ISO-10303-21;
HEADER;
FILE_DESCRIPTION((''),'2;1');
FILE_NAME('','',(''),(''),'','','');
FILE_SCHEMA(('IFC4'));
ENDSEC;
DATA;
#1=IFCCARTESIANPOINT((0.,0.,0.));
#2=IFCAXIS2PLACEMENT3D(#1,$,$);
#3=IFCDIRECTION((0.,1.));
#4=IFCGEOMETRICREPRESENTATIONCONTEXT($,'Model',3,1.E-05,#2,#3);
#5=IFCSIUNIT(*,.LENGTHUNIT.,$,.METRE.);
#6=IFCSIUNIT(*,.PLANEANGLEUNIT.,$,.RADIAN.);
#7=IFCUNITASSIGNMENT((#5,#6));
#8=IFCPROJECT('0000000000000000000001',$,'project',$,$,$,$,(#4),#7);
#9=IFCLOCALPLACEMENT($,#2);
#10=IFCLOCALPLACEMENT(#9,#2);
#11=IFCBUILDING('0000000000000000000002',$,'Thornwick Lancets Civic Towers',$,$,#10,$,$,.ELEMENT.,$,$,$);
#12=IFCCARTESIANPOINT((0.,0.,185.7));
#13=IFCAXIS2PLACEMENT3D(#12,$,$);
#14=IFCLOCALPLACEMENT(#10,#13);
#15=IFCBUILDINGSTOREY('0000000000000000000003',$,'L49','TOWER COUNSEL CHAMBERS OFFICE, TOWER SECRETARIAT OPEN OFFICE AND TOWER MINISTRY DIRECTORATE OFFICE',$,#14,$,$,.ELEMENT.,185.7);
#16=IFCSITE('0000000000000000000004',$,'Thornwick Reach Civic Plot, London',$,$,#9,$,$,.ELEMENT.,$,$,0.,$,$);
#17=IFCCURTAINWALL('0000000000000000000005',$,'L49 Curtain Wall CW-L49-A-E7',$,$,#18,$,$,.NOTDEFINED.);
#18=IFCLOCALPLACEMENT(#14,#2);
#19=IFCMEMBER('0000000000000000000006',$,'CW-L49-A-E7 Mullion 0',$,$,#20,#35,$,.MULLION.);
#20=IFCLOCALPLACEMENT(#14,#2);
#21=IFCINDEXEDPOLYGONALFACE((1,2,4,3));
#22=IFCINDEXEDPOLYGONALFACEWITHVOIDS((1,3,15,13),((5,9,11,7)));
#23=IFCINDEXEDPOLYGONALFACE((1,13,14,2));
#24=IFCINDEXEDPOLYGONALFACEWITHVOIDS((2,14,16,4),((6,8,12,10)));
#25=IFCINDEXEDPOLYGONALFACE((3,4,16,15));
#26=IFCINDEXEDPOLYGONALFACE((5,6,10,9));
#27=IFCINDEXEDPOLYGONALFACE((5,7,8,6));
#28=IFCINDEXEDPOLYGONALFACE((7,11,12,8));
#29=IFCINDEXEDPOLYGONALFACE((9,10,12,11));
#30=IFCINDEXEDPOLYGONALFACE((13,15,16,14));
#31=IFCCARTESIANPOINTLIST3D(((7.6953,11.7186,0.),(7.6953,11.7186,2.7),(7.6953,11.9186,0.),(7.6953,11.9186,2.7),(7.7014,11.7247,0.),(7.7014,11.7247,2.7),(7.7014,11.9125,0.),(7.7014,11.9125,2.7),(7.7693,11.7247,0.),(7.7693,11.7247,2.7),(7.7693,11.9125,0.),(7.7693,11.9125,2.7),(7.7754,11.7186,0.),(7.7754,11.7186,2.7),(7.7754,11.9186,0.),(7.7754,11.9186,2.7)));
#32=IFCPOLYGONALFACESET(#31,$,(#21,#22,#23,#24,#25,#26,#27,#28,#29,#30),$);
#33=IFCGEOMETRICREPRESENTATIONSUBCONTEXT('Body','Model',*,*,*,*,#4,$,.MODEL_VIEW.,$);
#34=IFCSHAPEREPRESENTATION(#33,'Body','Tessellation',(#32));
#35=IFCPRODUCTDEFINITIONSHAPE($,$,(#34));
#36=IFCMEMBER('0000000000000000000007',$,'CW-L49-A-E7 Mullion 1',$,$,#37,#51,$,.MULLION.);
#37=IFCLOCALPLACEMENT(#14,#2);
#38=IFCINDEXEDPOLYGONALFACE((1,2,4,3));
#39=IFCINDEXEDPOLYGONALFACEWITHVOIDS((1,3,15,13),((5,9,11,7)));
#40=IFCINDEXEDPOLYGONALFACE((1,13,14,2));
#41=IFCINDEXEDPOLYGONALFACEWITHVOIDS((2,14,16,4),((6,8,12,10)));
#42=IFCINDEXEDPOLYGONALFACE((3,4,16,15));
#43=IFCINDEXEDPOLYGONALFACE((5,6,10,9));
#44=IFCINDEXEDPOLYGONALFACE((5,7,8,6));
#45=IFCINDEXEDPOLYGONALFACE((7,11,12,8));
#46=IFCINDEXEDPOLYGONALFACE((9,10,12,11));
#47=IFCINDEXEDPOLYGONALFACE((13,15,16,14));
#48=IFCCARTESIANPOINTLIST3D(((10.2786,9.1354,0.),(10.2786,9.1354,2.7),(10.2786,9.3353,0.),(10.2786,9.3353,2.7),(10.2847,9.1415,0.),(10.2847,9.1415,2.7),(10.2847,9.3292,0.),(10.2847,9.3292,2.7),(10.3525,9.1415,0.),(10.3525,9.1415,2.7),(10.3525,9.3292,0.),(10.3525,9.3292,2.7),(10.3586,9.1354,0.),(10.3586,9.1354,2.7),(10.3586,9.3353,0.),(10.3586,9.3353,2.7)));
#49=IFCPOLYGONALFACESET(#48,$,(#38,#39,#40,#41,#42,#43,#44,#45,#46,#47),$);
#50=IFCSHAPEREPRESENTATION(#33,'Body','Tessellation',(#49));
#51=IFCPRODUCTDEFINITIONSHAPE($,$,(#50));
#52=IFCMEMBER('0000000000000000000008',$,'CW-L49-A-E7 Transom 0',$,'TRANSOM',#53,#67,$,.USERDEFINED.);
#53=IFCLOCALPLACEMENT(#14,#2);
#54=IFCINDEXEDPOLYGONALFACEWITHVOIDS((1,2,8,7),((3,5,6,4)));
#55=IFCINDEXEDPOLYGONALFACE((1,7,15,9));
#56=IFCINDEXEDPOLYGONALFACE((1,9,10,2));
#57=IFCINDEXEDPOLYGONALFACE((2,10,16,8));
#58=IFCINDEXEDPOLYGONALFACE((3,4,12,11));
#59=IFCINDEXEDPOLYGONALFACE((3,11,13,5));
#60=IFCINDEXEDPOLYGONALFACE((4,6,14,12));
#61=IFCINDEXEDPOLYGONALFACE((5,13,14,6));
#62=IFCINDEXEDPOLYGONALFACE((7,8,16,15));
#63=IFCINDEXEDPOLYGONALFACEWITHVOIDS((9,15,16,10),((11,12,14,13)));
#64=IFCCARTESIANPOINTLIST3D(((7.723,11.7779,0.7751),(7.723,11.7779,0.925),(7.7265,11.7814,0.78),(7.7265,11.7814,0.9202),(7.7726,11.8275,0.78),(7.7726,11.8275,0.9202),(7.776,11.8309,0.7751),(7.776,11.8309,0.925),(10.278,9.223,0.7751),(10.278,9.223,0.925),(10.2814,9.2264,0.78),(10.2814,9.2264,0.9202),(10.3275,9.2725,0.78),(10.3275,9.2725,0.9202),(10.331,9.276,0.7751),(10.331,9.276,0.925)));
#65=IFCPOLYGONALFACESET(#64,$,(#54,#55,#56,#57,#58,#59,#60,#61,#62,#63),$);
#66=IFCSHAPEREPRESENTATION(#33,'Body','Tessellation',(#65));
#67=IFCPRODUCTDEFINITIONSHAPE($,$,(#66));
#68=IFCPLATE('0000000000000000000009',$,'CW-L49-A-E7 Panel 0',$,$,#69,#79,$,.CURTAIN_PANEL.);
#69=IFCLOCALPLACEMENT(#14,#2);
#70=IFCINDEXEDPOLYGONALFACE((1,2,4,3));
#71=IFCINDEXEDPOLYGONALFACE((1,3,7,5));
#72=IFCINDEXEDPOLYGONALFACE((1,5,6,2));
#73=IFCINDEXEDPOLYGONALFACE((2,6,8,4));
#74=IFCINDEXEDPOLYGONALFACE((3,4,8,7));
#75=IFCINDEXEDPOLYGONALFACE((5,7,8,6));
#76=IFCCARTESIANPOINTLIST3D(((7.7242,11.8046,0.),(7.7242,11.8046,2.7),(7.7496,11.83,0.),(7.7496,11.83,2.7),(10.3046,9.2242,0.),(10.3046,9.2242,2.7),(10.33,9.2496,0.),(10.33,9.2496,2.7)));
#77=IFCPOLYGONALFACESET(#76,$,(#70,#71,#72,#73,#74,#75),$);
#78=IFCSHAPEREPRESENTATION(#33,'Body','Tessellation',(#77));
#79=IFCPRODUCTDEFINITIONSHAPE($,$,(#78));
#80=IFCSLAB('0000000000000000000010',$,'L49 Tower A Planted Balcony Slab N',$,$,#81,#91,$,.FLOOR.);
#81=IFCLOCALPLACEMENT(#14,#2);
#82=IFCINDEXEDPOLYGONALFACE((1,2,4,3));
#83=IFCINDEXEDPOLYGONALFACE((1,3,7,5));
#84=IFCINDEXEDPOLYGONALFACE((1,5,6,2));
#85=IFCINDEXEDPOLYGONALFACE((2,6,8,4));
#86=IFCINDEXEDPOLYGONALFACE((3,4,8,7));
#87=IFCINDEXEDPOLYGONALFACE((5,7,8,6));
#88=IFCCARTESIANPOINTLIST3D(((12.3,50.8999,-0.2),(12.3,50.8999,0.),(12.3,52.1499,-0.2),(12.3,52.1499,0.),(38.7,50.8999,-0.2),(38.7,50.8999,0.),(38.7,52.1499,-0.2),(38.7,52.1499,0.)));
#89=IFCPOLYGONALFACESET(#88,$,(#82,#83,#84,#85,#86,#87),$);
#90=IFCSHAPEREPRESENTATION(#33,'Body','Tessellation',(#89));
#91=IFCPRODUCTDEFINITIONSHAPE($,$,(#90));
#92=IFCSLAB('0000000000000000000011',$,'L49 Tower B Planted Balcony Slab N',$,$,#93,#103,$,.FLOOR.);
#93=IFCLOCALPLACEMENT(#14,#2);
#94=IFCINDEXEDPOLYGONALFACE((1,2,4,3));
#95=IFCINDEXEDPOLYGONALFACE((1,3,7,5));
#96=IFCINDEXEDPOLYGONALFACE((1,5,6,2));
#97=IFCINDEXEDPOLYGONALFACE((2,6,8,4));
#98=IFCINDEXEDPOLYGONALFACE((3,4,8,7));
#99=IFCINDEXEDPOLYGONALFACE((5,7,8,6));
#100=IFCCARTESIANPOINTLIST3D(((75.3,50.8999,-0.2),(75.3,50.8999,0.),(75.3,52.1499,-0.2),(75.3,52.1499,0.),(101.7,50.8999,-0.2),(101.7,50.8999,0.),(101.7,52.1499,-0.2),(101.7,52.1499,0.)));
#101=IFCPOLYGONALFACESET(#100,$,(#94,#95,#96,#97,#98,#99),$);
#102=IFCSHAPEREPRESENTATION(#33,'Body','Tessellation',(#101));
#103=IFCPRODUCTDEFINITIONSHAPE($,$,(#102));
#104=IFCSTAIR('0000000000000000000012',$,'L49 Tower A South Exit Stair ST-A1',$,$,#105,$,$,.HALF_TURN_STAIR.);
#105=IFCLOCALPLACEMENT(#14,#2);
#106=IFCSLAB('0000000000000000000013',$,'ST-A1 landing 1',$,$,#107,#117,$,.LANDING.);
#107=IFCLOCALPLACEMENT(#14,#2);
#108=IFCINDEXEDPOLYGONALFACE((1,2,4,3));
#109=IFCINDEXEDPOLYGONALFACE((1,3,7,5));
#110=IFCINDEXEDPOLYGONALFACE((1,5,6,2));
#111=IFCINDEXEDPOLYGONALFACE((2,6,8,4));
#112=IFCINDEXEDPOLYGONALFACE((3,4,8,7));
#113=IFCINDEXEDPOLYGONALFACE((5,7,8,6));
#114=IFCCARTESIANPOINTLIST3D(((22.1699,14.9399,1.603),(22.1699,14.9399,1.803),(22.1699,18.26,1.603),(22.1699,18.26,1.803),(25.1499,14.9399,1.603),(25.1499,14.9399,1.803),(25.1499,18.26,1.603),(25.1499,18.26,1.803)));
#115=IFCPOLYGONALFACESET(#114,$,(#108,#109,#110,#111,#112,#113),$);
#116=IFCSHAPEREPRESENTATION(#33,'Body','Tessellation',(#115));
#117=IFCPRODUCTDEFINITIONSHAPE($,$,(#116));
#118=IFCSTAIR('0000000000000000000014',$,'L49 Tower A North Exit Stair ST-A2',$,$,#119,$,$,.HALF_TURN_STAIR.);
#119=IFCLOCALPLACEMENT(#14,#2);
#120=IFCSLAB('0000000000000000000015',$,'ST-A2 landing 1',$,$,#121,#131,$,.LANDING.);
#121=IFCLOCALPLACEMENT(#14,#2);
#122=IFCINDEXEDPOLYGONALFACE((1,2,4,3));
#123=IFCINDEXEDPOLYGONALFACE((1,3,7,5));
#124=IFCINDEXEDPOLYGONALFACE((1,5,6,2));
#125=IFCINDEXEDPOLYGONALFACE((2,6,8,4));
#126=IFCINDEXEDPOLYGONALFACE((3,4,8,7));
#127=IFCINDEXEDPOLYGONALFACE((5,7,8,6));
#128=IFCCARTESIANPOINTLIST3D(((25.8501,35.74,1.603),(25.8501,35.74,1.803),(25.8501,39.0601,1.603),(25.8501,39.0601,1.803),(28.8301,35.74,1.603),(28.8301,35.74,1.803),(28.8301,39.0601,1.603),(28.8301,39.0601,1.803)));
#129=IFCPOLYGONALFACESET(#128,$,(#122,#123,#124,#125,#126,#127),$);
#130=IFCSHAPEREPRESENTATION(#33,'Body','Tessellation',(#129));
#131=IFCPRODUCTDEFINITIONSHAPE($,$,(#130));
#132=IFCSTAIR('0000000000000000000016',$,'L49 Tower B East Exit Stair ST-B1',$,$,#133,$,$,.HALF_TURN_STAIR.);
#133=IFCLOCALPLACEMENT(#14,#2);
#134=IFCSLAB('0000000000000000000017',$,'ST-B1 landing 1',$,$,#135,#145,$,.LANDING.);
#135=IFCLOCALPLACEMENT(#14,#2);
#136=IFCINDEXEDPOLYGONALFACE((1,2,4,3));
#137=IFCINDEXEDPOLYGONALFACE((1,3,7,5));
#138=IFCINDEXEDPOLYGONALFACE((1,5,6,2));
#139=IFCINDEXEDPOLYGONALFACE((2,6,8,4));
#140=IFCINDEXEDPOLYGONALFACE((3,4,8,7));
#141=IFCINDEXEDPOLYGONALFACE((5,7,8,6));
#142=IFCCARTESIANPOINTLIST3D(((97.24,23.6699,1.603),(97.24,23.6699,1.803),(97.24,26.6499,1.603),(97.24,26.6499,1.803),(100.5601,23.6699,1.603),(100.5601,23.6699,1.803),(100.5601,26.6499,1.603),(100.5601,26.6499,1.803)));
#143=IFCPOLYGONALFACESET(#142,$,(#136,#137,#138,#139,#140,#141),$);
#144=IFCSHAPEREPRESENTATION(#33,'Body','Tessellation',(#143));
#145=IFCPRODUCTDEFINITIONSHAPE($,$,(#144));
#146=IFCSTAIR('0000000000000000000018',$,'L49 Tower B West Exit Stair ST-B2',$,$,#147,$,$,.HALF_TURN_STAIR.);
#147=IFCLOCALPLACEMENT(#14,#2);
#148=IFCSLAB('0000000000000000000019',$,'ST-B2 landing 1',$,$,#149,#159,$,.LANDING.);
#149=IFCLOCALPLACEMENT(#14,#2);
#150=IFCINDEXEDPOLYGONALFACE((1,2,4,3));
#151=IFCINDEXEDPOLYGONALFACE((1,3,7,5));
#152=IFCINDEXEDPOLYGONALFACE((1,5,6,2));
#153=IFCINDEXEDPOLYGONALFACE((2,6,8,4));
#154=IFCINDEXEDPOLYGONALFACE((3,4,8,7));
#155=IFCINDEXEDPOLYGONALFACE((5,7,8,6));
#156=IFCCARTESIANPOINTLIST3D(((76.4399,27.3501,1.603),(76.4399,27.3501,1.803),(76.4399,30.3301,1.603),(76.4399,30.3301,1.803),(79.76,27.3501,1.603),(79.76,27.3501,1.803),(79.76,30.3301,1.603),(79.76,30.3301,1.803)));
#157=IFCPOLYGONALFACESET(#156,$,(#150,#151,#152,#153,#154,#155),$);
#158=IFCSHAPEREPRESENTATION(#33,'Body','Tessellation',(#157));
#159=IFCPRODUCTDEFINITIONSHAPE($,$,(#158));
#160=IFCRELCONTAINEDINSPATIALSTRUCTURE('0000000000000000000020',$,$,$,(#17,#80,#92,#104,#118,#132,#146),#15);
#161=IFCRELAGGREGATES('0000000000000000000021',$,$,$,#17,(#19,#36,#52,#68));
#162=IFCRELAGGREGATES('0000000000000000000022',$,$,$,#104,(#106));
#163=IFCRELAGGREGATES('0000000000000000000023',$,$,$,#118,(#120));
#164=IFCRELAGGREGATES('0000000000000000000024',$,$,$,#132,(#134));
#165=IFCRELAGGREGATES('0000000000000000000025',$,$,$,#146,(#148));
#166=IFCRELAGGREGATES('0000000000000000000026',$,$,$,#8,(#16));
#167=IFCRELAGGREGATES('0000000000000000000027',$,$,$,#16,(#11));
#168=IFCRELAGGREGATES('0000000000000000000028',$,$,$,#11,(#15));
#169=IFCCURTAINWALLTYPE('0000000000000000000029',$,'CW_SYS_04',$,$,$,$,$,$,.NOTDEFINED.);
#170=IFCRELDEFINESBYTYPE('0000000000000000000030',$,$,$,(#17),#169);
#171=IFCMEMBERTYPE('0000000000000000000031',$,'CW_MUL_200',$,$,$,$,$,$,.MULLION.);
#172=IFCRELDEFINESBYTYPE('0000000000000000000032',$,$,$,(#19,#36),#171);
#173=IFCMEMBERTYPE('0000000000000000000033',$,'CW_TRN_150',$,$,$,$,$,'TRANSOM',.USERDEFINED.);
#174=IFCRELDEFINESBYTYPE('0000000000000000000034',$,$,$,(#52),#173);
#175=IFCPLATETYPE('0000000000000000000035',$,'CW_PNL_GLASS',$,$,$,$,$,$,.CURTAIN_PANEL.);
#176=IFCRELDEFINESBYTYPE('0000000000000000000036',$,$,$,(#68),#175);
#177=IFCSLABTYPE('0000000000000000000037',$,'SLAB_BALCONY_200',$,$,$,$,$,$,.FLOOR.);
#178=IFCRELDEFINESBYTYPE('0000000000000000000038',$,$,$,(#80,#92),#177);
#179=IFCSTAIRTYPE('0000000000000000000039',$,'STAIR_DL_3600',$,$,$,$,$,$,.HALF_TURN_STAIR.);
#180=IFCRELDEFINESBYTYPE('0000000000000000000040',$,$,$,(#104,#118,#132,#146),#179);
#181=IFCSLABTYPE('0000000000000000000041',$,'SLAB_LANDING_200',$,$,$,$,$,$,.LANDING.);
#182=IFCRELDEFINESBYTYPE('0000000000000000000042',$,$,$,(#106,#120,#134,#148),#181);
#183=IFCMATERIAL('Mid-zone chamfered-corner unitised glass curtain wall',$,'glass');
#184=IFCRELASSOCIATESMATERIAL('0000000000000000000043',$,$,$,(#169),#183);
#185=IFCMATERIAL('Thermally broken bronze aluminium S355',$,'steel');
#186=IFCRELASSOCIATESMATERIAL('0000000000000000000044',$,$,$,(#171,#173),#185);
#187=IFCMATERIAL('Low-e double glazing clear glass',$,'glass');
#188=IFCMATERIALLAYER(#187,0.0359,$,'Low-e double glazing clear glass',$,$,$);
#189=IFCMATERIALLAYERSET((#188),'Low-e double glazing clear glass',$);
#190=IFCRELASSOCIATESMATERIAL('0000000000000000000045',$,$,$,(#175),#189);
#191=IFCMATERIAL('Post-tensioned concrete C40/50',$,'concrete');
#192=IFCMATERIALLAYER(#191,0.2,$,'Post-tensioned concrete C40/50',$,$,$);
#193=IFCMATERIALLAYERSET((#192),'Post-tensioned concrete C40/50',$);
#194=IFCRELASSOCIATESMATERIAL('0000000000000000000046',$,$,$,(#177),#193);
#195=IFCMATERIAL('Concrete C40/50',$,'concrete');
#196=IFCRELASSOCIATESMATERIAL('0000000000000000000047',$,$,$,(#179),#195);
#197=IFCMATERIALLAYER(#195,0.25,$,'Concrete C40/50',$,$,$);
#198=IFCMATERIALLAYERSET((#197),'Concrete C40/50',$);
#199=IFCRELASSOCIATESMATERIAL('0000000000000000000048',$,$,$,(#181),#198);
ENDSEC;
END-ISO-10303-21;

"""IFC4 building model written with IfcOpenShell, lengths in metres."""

from ifc_helpers import new_model, si_unit, direction, frame, origin, origin_2d, place, context, subcontext, project, spatial, polyline, rectangle, hollow_rectangle, outline, extrude, material, layer, layer_set, material_profile, profile_set, type_object, element, aggregate, save


model = new_model("IFC4")

# Units and contexts
model_context = context("Model", 3, precision=1e-05, world=origin(), true_north=direction((0.0, 1.0)))
body_context = subcontext(model_context, "Body", "Model", "MODEL_VIEW")
ifc_project = project(units=[si_unit("LENGTHUNIT", "METRE"), si_unit("PLANEANGLEUNIT", "RADIAN")], contexts=[model_context])

# Site, building, storey
site_placement = place(None, origin())
site = spatial("IfcSite", under=ifc_project, at=site_placement, Name="Thornwick Reach Civic Plot, London", CompositionType="ELEMENT", RefElevation=0.0)
building_placement = place(site_placement, origin())
building = spatial("IfcBuilding", under=site, at=building_placement, Name="Thornwick Lancets Civic Towers", CompositionType="ELEMENT")
storey_placement = place(building_placement, frame((0.0, 0.0, 185.7)))
storey = spatial("IfcBuildingStorey", under=building, at=storey_placement, Name="L49", Description="TOWER COUNSEL CHAMBERS OFFICE, TOWER SECRETARIAT OPEN OFFICE AND TOWER MINISTRY DIRECTORATE OFFICE", CompositionType="ELEMENT", Elevation=185.7)

# Curtain wall, members, plate
ifc_material_1 = material(Name="Mid-zone chamfered-corner unitised glass curtain wall", Category="glass")
curtain_wall_type = type_object("IfcCurtainWallType", Name="CW_SYS_04", PredefinedType="NOTDEFINED", material=ifc_material_1)
curtain_wall_placement = place(storey_placement, origin())
curtain_wall = element("IfcCurtainWall", 1, at=curtain_wall_placement, inside=storey, type_object=curtain_wall_type, Name="L49 Curtain Wall CW-L49-A-E7", PredefinedType="NOTDEFINED")
ifc_material_2 = material(Name="Thermally broken bronze aluminium S355", Category="steel")
ifc_material_profile_1 = material_profile(ifc_material_2, hollow_rectangle(XDim=0.0801, YDim=0.2, WallThickness=0.0061, at=origin_2d()), Name="RHS 200x80x6")
ifc_profile_set_1 = profile_set([ifc_material_profile_1], Name="Thermally broken bronze aluminium S355")
member_type_1 = type_object("IfcMemberType", Name="CW_MUL_200", PredefinedType="MULLION", material=ifc_profile_set_1)
member_1_placement = place(storey_placement, frame((7.7354, 11.8186, 0.0), z_axis=(0.0, 0.0, 1.0), x_axis=(1.0, 0.0, 0.0)))
member_1 = element("IfcMember", 2, at=member_1_placement, type_object=member_type_1, Name="CW-L49-A-E7 Mullion 0", PredefinedType="MULLION", context=body_context, shape_type="SweptSolid", body=[
    extrude(hollow_rectangle(XDim=0.0801, YDim=0.2, WallThickness=0.0061, at=origin_2d()), origin(), (0.0, 0.0, 1.0), 2.7),
])
member_2_placement = place(storey_placement, frame((10.3186, 9.2354, 0.0), z_axis=(0.0, 0.0, 1.0), x_axis=(1.0, 0.0, 0.0)))
member_2 = element("IfcMember", 3, at=member_2_placement, type_object=member_type_1, Name="CW-L49-A-E7 Mullion 1", PredefinedType="MULLION", context=body_context, shape_type="SweptSolid", body=[
    extrude(hollow_rectangle(XDim=0.0801, YDim=0.2, WallThickness=0.0061, at=origin_2d()), origin(), (0.0, 0.0, 1.0), 2.7),
])
ifc_material_profile_2 = material_profile(ifc_material_2, hollow_rectangle(XDim=0.075, YDim=0.1499, WallThickness=0.0049, at=origin_2d()), Name="RHS 150x75x5")
ifc_profile_set_2 = profile_set([ifc_material_profile_2], Name="Thermally broken bronze aluminium S355")
member_type_2 = type_object("IfcMemberType", Name="CW_TRN_150", ElementType="TRANSOM", PredefinedType="USERDEFINED", material=ifc_profile_set_2)
member_3_placement = place(storey_placement, frame((7.7495, 11.8044, 0.8501), z_axis=(0.707107, -0.707107, 0.0), x_axis=(0.707107, 0.707107, 0.0)))
member_3 = element("IfcMember", 4, at=member_3_placement, type_object=member_type_2, Name="CW-L49-A-E7 Transom 0", ObjectType="TRANSOM", PredefinedType="USERDEFINED", context=body_context, shape_type="SweptSolid", body=[
    extrude(hollow_rectangle(XDim=0.075, YDim=0.1499, WallThickness=0.0049, at=origin_2d()), origin(), (0.0, 0.0, 1.0), 3.6133),
])
ifc_material_3 = material(Name="Low-e double glazing clear glass", Category="glass")
ifc_layer_1 = layer(ifc_material_3, 0.0359, Name="Low-e double glazing clear glass")
ifc_layer_set_1 = layer_set([ifc_layer_1], Name="Low-e double glazing clear glass")
plate_type = type_object("IfcPlateType", Name="CW_PNL_GLASS", PredefinedType="CURTAIN_PANEL", material=ifc_layer_set_1)
plate_placement = place(storey_placement, frame((9.0271, 10.5271, 0.0), z_axis=(0.0, 0.0, 1.0), x_axis=(0.707107, -0.707107, 0.0)))
plate = element("IfcPlate", 5, at=plate_placement, type_object=plate_type, Name="CW-L49-A-E7 Panel 0", PredefinedType="CURTAIN_PANEL", context=body_context, shape_type="SweptSolid", body=[
    extrude(rectangle(XDim=3.6492, YDim=0.0359, at=origin_2d()), origin(), (0.0, 0.0, 1.0), 2.7),
])
aggregate(curtain_wall, [member_1, member_2, member_3, plate])

# Slabs
ifc_material_4 = material(Name="Post-tensioned concrete C40/50", Category="concrete")
ifc_layer_2 = layer(ifc_material_4, 0.2, Name="Post-tensioned concrete C40/50")
ifc_layer_set_2 = layer_set([ifc_layer_2], Name="Post-tensioned concrete C40/50")
slab_type_1 = type_object("IfcSlabType", Name="SLAB_BALCONY_200", PredefinedType="FLOOR", material=ifc_layer_set_2)
slab_1_placement = place(storey_placement, frame((0.0, 0.0, -0.2)))
element("IfcSlab", 6, at=slab_1_placement, inside=storey, type_object=slab_type_1, Name="L49 Tower A Planted Balcony Slab N", PredefinedType="FLOOR", context=body_context, shape_type="SweptSolid", body=[
    extrude(outline(polyline([(12.3, 50.8999), (38.7, 50.8999), (38.7, 52.1499), (12.3, 52.1499), (12.3, 50.8999)])), origin(), (0.0, 0.0, 1.0), 0.2),
])
slab_2_placement = place(storey_placement, frame((0.0, 0.0, -0.2)))
element("IfcSlab", 7, at=slab_2_placement, inside=storey, type_object=slab_type_1, Name="L49 Tower B Planted Balcony Slab N", PredefinedType="FLOOR", context=body_context, shape_type="SweptSolid", body=[
    extrude(outline(polyline([(75.3, 50.8999), (101.7, 50.8999), (101.7, 52.1499), (75.3, 52.1499), (75.3, 50.8999)])), origin(), (0.0, 0.0, 1.0), 0.2),
])

# Stairs, slabs
ifc_material_5 = material(Name="Concrete C40/50", Category="concrete")
stair_type = type_object("IfcStairType", Name="STAIR_DL_3600", PredefinedType="HALF_TURN_STAIR", material=ifc_material_5)
stair_1_placement = place(storey_placement, origin())
stair_1 = element("IfcStair", 8, at=stair_1_placement, inside=storey, type_object=stair_type, Name="L49 Tower A South Exit Stair ST-A1", PredefinedType="HALF_TURN_STAIR")
ifc_layer_3 = layer(ifc_material_5, 0.25, Name="Concrete C40/50")
ifc_layer_set_3 = layer_set([ifc_layer_3], Name="Concrete C40/50")
slab_type_2 = type_object("IfcSlabType", Name="SLAB_LANDING_200", PredefinedType="LANDING", material=ifc_layer_set_3)
slab_3_placement = place(storey_placement, frame((0.0, 0.0, 1.603)))
slab_3 = element("IfcSlab", 9, at=slab_3_placement, type_object=slab_type_2, Name="ST-A1 landing 1", PredefinedType="LANDING", context=body_context, shape_type="SweptSolid", body=[
    extrude(outline(polyline([(22.1699, 14.9399), (25.1499, 14.9399), (25.1499, 18.26), (22.1699, 18.26), (22.1699, 14.9399)])), origin(), (0.0, 0.0, 1.0), 0.2),
])
aggregate(stair_1, [slab_3])
stair_2_placement = place(storey_placement, origin())
stair_2 = element("IfcStair", 10, at=stair_2_placement, inside=storey, type_object=stair_type, Name="L49 Tower A North Exit Stair ST-A2", PredefinedType="HALF_TURN_STAIR")
slab_4_placement = place(storey_placement, frame((0.0, 0.0, 1.603)))
slab_4 = element("IfcSlab", 11, at=slab_4_placement, type_object=slab_type_2, Name="ST-A2 landing 1", PredefinedType="LANDING", context=body_context, shape_type="SweptSolid", body=[
    extrude(outline(polyline([(28.8301, 39.0601), (25.8501, 39.0601), (25.8501, 35.74), (28.8301, 35.74), (28.8301, 39.0601)])), origin(), (0.0, 0.0, 1.0), 0.2),
])
aggregate(stair_2, [slab_4])
stair_3_placement = place(storey_placement, origin())
stair_3 = element("IfcStair", 12, at=stair_3_placement, inside=storey, type_object=stair_type, Name="L49 Tower B East Exit Stair ST-B1", PredefinedType="HALF_TURN_STAIR")
slab_5_placement = place(storey_placement, frame((0.0, 0.0, 1.603)))
slab_5 = element("IfcSlab", 13, at=slab_5_placement, type_object=slab_type_2, Name="ST-B1 landing 1", PredefinedType="LANDING", context=body_context, shape_type="SweptSolid", body=[
    extrude(outline(polyline([(100.5601, 23.6699), (100.5601, 26.6499), (97.24, 26.6499), (97.24, 23.6699), (100.5601, 23.6699)])), origin(), (0.0, 0.0, 1.0), 0.2),
])
aggregate(stair_3, [slab_5])
stair_4_placement = place(storey_placement, origin())
stair_4 = element("IfcStair", 14, at=stair_4_placement, inside=storey, type_object=stair_type, Name="L49 Tower B West Exit Stair ST-B2", PredefinedType="HALF_TURN_STAIR")
slab_6_placement = place(storey_placement, frame((0.0, 0.0, 1.603)))
slab_6 = element("IfcSlab", 15, at=slab_6_placement, type_object=slab_type_2, Name="ST-B2 landing 1", PredefinedType="LANDING", context=body_context, shape_type="SweptSolid", body=[
    extrude(outline(polyline([(76.4399, 30.3301), (76.4399, 27.3501), (79.76, 27.3501), (79.76, 30.3301), (76.4399, 30.3301)])), origin(), (0.0, 0.0, 1.0), 0.2),
])
aggregate(stair_4, [slab_6])

save(model, "model.ifc")
